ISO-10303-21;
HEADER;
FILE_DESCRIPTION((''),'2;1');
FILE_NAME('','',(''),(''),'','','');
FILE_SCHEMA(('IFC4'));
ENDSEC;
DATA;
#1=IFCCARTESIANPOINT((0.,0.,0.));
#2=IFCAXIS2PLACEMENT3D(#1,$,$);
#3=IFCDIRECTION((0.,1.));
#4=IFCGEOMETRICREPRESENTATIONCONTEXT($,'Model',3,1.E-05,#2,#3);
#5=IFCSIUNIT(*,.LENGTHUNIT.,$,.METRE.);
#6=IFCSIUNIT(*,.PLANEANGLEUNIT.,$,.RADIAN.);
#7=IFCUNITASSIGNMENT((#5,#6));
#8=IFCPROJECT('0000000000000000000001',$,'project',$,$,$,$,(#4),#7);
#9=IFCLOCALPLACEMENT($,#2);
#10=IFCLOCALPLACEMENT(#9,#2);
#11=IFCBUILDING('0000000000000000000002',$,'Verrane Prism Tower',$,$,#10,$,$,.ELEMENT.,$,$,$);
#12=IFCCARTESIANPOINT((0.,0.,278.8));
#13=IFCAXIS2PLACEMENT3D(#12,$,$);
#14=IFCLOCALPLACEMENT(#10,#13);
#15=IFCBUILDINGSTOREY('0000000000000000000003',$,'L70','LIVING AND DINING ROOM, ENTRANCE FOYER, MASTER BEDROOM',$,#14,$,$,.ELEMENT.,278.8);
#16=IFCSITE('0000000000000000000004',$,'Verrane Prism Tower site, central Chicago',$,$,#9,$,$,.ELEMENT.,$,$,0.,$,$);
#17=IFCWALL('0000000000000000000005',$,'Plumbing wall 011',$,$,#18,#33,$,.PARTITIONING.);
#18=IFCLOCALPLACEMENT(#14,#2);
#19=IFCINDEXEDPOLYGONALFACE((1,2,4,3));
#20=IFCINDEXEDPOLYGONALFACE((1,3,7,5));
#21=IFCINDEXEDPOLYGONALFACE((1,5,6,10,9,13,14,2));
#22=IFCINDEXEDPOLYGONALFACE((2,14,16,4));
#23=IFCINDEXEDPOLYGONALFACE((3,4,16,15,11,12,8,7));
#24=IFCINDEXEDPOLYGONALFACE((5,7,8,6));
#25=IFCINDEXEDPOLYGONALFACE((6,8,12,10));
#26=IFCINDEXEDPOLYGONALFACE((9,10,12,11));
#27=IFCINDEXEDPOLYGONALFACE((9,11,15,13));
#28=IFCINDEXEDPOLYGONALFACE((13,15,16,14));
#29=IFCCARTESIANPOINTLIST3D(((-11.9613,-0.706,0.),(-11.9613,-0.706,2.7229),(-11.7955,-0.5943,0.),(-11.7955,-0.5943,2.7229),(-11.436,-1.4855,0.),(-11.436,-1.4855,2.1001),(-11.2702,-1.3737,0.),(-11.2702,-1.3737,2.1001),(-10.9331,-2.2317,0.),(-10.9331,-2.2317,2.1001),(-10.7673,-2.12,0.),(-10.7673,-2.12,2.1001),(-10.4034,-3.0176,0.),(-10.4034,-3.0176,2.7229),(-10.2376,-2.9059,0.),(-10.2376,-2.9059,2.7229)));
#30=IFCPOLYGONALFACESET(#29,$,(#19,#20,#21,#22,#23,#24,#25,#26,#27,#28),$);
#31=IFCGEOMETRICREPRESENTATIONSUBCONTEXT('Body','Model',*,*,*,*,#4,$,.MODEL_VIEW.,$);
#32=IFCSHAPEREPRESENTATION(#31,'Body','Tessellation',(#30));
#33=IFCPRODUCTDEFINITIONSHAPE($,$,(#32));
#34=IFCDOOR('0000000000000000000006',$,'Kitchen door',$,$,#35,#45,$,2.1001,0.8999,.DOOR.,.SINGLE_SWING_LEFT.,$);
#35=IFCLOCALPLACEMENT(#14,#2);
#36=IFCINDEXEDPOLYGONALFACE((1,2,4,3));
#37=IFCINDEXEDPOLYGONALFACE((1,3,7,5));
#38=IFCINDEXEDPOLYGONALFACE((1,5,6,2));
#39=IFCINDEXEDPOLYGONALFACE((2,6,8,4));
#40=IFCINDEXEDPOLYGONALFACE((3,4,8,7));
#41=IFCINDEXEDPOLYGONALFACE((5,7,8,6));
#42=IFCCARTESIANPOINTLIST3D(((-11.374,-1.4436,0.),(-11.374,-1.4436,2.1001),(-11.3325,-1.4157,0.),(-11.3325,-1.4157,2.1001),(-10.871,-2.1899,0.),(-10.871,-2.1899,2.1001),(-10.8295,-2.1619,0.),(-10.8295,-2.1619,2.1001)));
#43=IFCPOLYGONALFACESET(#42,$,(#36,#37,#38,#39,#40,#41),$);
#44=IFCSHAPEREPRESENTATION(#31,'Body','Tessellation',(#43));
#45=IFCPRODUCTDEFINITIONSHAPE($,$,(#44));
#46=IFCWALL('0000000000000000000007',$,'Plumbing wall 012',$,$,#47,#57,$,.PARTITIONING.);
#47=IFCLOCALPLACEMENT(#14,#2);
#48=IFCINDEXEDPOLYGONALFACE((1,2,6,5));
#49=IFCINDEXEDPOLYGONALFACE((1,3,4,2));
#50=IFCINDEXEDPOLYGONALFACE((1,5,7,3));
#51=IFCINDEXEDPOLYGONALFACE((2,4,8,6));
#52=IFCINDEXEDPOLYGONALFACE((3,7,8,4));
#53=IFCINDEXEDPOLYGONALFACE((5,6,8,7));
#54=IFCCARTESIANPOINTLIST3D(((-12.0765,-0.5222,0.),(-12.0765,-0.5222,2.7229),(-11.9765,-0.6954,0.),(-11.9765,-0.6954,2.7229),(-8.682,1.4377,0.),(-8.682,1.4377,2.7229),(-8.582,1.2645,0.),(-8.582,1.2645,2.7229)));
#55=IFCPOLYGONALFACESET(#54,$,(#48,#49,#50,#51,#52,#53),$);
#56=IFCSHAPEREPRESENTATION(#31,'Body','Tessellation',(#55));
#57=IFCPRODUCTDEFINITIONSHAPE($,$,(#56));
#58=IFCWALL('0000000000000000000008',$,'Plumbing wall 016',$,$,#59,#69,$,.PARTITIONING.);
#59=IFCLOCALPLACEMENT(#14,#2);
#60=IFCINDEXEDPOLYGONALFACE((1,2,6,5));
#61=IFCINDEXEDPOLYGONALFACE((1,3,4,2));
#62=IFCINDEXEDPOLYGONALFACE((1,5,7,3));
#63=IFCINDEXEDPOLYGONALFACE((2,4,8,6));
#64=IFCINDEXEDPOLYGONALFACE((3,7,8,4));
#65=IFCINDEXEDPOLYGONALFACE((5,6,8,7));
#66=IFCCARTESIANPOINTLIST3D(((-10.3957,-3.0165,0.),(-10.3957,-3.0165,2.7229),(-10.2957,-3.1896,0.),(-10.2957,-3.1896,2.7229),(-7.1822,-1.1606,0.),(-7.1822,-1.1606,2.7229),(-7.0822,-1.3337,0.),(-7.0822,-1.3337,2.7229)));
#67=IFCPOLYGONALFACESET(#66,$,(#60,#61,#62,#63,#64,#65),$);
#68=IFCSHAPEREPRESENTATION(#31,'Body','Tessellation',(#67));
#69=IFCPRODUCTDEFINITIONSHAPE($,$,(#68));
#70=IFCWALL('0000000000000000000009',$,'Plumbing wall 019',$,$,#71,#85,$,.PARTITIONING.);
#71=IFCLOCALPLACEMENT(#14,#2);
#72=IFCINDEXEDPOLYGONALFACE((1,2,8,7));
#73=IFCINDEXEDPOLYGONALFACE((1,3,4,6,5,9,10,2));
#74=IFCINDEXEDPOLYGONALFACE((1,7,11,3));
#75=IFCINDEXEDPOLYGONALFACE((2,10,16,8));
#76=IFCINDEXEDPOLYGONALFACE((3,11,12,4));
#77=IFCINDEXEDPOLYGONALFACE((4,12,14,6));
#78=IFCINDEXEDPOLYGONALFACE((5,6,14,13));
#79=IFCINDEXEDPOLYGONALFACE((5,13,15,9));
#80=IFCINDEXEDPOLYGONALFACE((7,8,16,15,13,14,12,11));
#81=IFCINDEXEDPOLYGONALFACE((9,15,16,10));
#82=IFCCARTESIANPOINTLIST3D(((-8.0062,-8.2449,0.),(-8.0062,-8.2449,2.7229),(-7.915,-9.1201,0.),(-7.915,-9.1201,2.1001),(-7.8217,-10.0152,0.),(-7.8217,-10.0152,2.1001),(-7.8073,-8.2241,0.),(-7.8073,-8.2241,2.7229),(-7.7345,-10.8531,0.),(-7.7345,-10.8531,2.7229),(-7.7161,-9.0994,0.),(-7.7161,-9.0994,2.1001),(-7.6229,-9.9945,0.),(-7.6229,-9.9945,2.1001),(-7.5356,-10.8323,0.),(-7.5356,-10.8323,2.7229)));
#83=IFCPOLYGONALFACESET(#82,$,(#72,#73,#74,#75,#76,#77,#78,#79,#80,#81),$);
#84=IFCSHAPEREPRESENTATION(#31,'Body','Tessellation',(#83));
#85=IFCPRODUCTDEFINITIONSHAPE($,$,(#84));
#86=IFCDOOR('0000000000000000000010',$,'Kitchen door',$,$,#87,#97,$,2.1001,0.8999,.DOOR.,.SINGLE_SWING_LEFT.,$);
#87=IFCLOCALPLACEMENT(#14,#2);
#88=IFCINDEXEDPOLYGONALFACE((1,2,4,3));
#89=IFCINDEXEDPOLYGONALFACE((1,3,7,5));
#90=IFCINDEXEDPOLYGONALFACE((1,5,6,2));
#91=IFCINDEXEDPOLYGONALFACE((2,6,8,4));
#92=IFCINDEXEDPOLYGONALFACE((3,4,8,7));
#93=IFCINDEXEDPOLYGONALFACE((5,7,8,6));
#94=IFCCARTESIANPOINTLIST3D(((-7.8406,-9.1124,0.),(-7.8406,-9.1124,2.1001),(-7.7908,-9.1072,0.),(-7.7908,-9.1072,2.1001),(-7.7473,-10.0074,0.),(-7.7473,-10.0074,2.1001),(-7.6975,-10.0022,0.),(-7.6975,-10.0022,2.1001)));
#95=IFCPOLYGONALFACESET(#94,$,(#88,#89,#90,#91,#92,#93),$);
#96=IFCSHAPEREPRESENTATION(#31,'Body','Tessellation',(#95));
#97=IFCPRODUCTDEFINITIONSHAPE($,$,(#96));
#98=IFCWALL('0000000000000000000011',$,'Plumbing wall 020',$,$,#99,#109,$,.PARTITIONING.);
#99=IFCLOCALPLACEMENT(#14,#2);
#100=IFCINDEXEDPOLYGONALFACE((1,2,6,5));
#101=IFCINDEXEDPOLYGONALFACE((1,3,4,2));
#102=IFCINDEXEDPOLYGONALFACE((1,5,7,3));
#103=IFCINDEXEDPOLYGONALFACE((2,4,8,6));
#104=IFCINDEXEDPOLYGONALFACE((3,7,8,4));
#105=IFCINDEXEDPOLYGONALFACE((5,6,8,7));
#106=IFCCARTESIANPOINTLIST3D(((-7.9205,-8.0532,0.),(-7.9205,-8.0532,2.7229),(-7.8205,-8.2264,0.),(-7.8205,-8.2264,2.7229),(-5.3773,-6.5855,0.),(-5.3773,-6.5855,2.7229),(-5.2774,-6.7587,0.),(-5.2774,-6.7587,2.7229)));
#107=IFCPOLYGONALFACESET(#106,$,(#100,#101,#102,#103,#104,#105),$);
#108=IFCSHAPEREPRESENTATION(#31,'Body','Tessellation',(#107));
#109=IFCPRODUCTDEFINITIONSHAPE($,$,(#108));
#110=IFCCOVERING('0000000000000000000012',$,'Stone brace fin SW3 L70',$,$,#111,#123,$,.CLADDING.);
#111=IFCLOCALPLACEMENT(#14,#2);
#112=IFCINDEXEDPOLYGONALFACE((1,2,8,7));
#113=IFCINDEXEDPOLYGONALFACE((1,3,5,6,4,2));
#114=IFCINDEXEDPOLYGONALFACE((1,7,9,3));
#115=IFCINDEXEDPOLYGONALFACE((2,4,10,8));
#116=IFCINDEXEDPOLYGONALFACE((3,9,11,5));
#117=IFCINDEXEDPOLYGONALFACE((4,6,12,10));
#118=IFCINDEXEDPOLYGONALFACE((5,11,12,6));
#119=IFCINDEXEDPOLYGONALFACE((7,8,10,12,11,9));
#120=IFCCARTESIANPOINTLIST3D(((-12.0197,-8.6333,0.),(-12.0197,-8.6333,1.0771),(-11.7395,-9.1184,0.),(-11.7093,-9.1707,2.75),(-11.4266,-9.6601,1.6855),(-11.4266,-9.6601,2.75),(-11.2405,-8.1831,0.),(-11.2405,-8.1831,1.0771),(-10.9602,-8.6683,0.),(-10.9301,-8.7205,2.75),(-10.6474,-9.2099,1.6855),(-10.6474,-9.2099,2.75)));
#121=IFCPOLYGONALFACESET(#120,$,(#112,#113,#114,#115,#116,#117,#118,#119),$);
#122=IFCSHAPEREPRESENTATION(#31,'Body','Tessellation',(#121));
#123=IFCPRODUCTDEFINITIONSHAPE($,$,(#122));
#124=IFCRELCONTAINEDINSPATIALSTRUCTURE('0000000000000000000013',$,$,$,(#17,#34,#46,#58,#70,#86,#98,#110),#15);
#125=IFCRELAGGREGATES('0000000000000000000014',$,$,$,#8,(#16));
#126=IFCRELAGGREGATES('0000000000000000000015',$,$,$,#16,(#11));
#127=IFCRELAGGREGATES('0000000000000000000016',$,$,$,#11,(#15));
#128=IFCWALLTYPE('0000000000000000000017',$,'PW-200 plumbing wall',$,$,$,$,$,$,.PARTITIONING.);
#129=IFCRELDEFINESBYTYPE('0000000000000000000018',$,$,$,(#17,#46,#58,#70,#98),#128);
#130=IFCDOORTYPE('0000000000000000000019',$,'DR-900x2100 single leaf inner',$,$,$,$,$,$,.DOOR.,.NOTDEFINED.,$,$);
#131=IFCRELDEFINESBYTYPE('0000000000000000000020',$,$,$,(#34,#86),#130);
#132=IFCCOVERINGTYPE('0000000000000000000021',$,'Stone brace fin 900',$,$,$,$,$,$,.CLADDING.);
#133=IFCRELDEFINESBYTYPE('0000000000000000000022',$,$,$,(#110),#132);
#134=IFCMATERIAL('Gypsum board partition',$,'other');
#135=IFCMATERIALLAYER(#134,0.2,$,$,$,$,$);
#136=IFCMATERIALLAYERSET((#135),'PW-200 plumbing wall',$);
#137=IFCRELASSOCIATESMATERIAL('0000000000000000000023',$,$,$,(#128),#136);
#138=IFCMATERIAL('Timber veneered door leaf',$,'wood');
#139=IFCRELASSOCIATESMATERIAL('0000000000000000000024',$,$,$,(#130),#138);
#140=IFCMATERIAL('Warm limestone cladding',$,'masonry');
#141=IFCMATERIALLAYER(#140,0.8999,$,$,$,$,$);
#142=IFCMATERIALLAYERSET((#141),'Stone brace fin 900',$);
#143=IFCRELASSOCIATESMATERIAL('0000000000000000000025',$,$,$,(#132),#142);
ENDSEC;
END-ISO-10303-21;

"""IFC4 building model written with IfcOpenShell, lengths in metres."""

from ifc_helpers import new_model, si_unit, direction, frame, frame_2d, origin, place, context, subcontext, project, spatial, polyline, rectangle, outline, extrude, material, layer, layer_set, type_object, element, fill, save


model = new_model("IFC4")

# Units and contexts
model_context = context("Model", 3, precision=1e-05, world=origin(), true_north=direction((0.0, 1.0)))
body_context = subcontext(model_context, "Body", "Model", "MODEL_VIEW")
ifc_project = project(units=[si_unit("LENGTHUNIT", "METRE"), si_unit("PLANEANGLEUNIT", "RADIAN")], contexts=[model_context])

# Site, building, storey
site_placement = place(None, origin())
site = spatial("IfcSite", under=ifc_project, at=site_placement, Name="Verrane Prism Tower site, central Chicago", CompositionType="ELEMENT", RefElevation=0.0)
building_placement = place(site_placement, origin())
building = spatial("IfcBuilding", under=site, at=building_placement, Name="Verrane Prism Tower", CompositionType="ELEMENT")
storey_placement = place(building_placement, frame((0.0, 0.0, 278.8)))
storey = spatial("IfcBuildingStorey", under=building, at=storey_placement, Name="L70", Description="LIVING AND DINING ROOM, ENTRANCE FOYER, MASTER BEDROOM", CompositionType="ELEMENT", Elevation=278.8)

# Wall, opening, door
ifc_material_1 = material(Name="Gypsum board partition", Category="other")
ifc_layer_1 = layer(ifc_material_1, 0.2)
ifc_layer_set_1 = layer_set([ifc_layer_1], Name="PW-200 plumbing wall")
wall_type_1 = type_object("IfcWallType", Name="PW-200 plumbing wall", PredefinedType="PARTITIONING", material=ifc_layer_set_1)
wall_1_placement = place(storey_placement, frame((-11.8784, -0.6501, 0.0), z_axis=(0.0, 0.0, 1.0), x_axis=(0.558877, -0.829251, 0.0)))
wall_1 = element("IfcWall", 1, at=wall_1_placement, inside=storey, type_object=wall_type_1, Name="Plumbing wall 011", PredefinedType="PARTITIONING", context=body_context, shape_type="SweptSolid", body=[
    extrude(rectangle(XDim=2.7876, YDim=0.2, at=frame_2d((1.3938, 0.0))), origin(), (0.0, 0.0, 1.0), 2.7229),
])
opening_1_placement = place(wall_1_placement, frame((0.9399, 0.0, 0.0)))
opening_1 = element("IfcOpeningElement", 2, at=opening_1_placement, cuts=wall_1, PredefinedType="OPENING", context=body_context, shape_type="SweptSolid", body=[
    extrude(rectangle(XDim=0.8999, YDim=2.1001, at=frame_2d((0.45, 1.05))), frame((0.0, 0.1099, 0.0), z_axis=(0.0, -1.0, 0.0), x_axis=(1.0, 0.0, 0.0)), (0.0, 0.0, 1.0), 0.22),
])
ifc_material_2 = material(Name="Timber veneered door leaf", Category="wood")
door_type_1 = type_object("IfcDoorType", Name="DR-900x2100 single leaf inner", OperationType="NOTDEFINED", PredefinedType="DOOR", material=ifc_material_2)
door_1_placement = place(opening_1_placement, origin())
door_1 = element("IfcDoor", 3, at=door_1_placement, inside=storey, type_object=door_type_1, Name="Kitchen door", OperationType="SINGLE_SWING_LEFT", OverallHeight=2.1001, OverallWidth=0.8999, PredefinedType="DOOR", context=body_context, shape_type="SweptSolid", body=[
    extrude(rectangle(XDim=0.8999, YDim=2.1001, at=frame_2d((0.45, 1.05))), frame((0.0, 0.0249, 0.0), z_axis=(0.0, -1.0, 0.0), x_axis=(1.0, 0.0, 0.0)), (0.0, 0.0, 1.0), 0.05),
])
fill(opening_1, door_1)

# Walls
wall_2_placement = place(storey_placement, frame((-12.0266, -0.6089, 0.0), z_axis=(0.0, 0.0, 1.0), x_axis=(0.866011, 0.500024, 0.0)))
element("IfcWall", 4, at=wall_2_placement, inside=storey, type_object=wall_type_1, Name="Plumbing wall 012", PredefinedType="PARTITIONING", context=body_context, shape_type="SweptSolid", body=[
    extrude(rectangle(XDim=3.9197, YDim=0.2, at=frame_2d((1.96, 0.0))), origin(), (0.0, 0.0, 1.0), 2.7229),
])
wall_3_placement = place(storey_placement, frame((-10.3457, -3.103, 0.0), z_axis=(0.0, 0.0, 1.0), x_axis=(0.865959, 0.500115, 0.0)))
element("IfcWall", 5, at=wall_3_placement, inside=storey, type_object=wall_type_1, Name="Plumbing wall 016", PredefinedType="PARTITIONING", context=body_context, shape_type="SweptSolid", body=[
    extrude(rectangle(XDim=3.7109, YDim=0.2, at=frame_2d((1.8555, 0.0))), origin(), (0.0, 0.0, 1.0), 2.7229),
])

# Wall, opening, door
wall_4_placement = place(storey_placement, frame((-7.9067, -8.2346, 0.0), z_axis=(0.0, 0.0, 1.0), x_axis=(0.103623, -0.994617, 0.0)))
wall_4 = element("IfcWall", 6, at=wall_4_placement, inside=storey, type_object=wall_type_1, Name="Plumbing wall 019", PredefinedType="PARTITIONING", context=body_context, shape_type="SweptSolid", body=[
    extrude(rectangle(XDim=2.6223, YDim=0.2, at=frame_2d((1.311, 0.0))), origin(), (0.0, 0.0, 1.0), 2.7229),
])
opening_2_placement = place(wall_4_placement, frame((0.8799, 0.0, 0.0)))
opening_2 = element("IfcOpeningElement", 7, at=opening_2_placement, cuts=wall_4, PredefinedType="OPENING", context=body_context, shape_type="SweptSolid", body=[
    extrude(rectangle(XDim=0.8999, YDim=2.1001, at=frame_2d((0.45, 1.05))), frame((0.0, 0.1099, 0.0), z_axis=(0.0, -1.0, 0.0), x_axis=(1.0, 0.0, 0.0)), (0.0, 0.0, 1.0), 0.22),
])
door_2_placement = place(opening_2_placement, origin())
door_2 = element("IfcDoor", 8, at=door_2_placement, inside=storey, type_object=door_type_1, Name="Kitchen door", OperationType="SINGLE_SWING_LEFT", OverallHeight=2.1001, OverallWidth=0.8999, PredefinedType="DOOR", context=body_context, shape_type="SweptSolid", body=[
    extrude(rectangle(XDim=0.8999, YDim=2.1001, at=frame_2d((0.45, 1.05))), frame((0.0, 0.0249, 0.0), z_axis=(0.0, -1.0, 0.0), x_axis=(1.0, 0.0, 0.0)), (0.0, 0.0, 1.0), 0.05),
])
fill(opening_2, door_2)

# Wall
wall_5_placement = place(storey_placement, frame((-7.8706, -8.1399, 0.0), z_axis=(0.0, 0.0, 1.0), x_axis=(0.866107, 0.499859, 0.0)))
element("IfcWall", 9, at=wall_5_placement, inside=storey, type_object=wall_type_1, Name="Plumbing wall 020", PredefinedType="PARTITIONING", context=body_context, shape_type="SweptSolid", body=[
    extrude(rectangle(XDim=2.9363, YDim=0.2, at=frame_2d((1.4683, 0.0))), origin(), (0.0, 0.0, 1.0), 2.7229),
])

# Covering
ifc_material_3 = material(Name="Warm limestone cladding", Category="masonry")
ifc_layer_2 = layer(ifc_material_3, 0.8999)
ifc_layer_set_2 = layer_set([ifc_layer_2], Name="Stone brace fin 900")
covering_type = type_object("IfcCoveringType", Name="Stone brace fin 900", PredefinedType="CLADDING", material=ifc_layer_set_2)
covering_placement = place(storey_placement, frame((-11.6301, -8.4082, 0.0), z_axis=(0.0, 0.0, 1.0), x_axis=(0.500192, -0.865915, 0.0)))
element("IfcCovering", 10, at=covering_placement, inside=storey, type_object=covering_type, Name="Stone brace fin SW3 L70", PredefinedType="CLADDING", context=body_context, shape_type="SweptSolid", body=[
    extrude(outline(polyline([(1.1858, 2.75), (0.6206, 2.75), (0.0, 1.0771), (0.0, 0.0), (0.5603, 0.0), (1.1858, 1.6855), (1.1858, 2.75)])), frame((0.0, 0.45, 0.0), z_axis=(0.0, -1.0, 0.0), x_axis=(1.0, 0.0, 0.0)), (0.0, 0.0, 1.0), 0.8999),
])

save(model, "model.ifc")
